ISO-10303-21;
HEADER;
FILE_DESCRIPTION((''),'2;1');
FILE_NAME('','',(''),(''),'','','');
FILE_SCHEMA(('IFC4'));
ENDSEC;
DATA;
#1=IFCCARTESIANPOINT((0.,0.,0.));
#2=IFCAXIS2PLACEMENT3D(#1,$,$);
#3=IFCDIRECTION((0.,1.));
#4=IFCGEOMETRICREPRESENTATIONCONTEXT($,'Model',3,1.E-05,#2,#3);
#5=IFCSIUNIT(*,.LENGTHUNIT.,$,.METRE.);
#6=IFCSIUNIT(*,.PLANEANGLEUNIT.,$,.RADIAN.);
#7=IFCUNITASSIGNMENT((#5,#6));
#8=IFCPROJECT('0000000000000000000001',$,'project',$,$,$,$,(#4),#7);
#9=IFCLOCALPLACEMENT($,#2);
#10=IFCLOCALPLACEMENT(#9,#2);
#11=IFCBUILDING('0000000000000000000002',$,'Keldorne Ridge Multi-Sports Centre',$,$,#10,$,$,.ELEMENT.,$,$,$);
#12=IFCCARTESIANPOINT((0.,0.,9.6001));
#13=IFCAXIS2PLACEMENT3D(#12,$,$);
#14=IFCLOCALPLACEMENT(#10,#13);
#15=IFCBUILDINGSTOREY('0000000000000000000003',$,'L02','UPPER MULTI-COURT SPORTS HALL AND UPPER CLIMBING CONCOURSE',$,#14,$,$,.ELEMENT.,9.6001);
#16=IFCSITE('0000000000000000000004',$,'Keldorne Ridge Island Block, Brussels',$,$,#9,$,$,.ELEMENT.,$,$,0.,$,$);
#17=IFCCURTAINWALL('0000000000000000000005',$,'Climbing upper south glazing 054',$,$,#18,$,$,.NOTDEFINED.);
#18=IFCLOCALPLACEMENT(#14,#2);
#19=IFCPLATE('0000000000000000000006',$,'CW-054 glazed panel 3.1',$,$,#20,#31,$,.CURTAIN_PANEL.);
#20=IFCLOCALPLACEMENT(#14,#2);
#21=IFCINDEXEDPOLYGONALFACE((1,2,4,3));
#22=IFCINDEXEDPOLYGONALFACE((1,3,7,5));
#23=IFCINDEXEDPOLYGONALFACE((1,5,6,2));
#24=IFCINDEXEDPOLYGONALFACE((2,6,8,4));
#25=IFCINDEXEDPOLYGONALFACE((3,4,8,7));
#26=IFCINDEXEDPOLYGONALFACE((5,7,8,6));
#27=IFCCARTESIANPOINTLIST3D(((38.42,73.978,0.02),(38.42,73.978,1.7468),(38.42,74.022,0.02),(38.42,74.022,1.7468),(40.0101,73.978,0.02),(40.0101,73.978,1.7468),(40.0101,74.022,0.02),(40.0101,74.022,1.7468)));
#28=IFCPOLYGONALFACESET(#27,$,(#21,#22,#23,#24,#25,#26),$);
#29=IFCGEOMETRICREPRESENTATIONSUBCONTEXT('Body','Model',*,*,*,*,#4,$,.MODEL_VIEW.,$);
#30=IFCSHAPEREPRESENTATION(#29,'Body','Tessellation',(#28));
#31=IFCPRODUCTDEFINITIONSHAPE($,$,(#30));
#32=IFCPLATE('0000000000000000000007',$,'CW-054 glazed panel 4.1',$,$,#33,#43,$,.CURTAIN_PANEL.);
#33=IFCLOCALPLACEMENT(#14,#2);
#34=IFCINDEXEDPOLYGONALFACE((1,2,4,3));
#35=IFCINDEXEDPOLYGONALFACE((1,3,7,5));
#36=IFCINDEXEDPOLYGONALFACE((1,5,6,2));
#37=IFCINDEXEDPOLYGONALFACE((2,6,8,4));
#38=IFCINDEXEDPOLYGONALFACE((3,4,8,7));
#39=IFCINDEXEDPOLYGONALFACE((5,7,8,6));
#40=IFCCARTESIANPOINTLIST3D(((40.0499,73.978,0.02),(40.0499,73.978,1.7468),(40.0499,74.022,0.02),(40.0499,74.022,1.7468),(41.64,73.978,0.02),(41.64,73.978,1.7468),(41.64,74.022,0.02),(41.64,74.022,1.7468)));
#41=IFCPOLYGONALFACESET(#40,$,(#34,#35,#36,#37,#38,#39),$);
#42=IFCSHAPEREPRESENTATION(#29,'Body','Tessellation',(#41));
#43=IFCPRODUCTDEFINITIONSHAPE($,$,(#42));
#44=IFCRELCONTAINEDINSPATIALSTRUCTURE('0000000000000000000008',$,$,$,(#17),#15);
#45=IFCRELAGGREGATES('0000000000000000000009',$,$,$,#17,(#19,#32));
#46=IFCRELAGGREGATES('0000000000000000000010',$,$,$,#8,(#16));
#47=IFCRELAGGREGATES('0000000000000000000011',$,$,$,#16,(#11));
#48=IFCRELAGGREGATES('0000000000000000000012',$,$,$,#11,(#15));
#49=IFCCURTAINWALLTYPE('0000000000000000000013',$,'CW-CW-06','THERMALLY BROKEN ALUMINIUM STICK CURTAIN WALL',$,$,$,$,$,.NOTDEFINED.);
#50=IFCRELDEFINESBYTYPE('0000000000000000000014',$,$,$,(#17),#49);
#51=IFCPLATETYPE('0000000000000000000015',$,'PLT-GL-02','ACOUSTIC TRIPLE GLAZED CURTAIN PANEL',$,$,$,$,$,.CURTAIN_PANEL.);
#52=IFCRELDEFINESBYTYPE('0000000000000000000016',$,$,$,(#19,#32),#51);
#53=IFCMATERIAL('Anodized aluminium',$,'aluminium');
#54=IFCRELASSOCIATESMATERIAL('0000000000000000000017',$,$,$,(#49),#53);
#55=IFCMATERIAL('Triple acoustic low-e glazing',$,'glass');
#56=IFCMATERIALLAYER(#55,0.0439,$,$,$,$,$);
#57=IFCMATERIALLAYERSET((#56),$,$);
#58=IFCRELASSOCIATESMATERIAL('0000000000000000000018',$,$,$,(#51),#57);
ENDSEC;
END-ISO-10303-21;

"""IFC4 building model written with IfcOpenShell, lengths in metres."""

from ifc_helpers import new_model, si_unit, direction, frame, origin, origin_2d, place, context, subcontext, project, spatial, rectangle, extrude, material, layer, layer_set, type_object, element, aggregate, save


model = new_model("IFC4")

# Units and contexts
model_context = context("Model", 3, precision=1e-05, world=origin(), true_north=direction((0.0, 1.0)))
body_context = subcontext(model_context, "Body", "Model", "MODEL_VIEW")
ifc_project = project(units=[si_unit("LENGTHUNIT", "METRE"), si_unit("PLANEANGLEUNIT", "RADIAN")], contexts=[model_context])

# Site, building, storey
site_placement = place(None, origin())
site = spatial("IfcSite", under=ifc_project, at=site_placement, Name="Keldorne Ridge Island Block, Brussels", CompositionType="ELEMENT", RefElevation=0.0)
building_placement = place(site_placement, origin())
building = spatial("IfcBuilding", under=site, at=building_placement, Name="Keldorne Ridge Multi-Sports Centre", CompositionType="ELEMENT")
storey_placement = place(building_placement, frame((0.0, 0.0, 9.6001)))
storey = spatial("IfcBuildingStorey", under=building, at=storey_placement, Name="L02", Description="UPPER MULTI-COURT SPORTS HALL AND UPPER CLIMBING CONCOURSE", CompositionType="ELEMENT", Elevation=9.6001)

# Shared definitions
ifc_material_1 = material(Name="Anodized aluminium", Category="aluminium")

# Curtain wall
curtain_wall_type_1 = type_object("IfcCurtainWallType", Name="CW-CW-06", Description="THERMALLY BROKEN ALUMINIUM STICK CURTAIN WALL", PredefinedType="NOTDEFINED", material=ifc_material_1)
curtain_wall_1_placement = place(storey_placement, origin())
curtain_wall_1 = element("IfcCurtainWall", 1, at=curtain_wall_1_placement, inside=storey, type_object=curtain_wall_type_1, Name="Climbing upper south glazing 054", PredefinedType="NOTDEFINED")

# Plates
ifc_material_2 = material(Name="Triple acoustic low-e glazing", Category="glass")
ifc_layer_1 = layer(ifc_material_2, 0.0439)
ifc_layer_set_1 = layer_set([ifc_layer_1])
plate_type_1 = type_object("IfcPlateType", Name="PLT-GL-02", Description="ACOUSTIC TRIPLE GLAZED CURTAIN PANEL", PredefinedType="CURTAIN_PANEL", material=ifc_layer_set_1)
plate_1_placement = place(storey_placement, frame((39.2151, 74.0, 0.02), z_axis=(0.0, 0.0, 1.0), x_axis=(1.0, 0.0, 0.0)))
plate_1 = element("IfcPlate", 2, at=plate_1_placement, type_object=plate_type_1, Name="CW-054 glazed panel 3.1", PredefinedType="CURTAIN_PANEL", context=body_context, shape_type="SweptSolid", body=[
    extrude(rectangle(XDim=1.5901, YDim=0.0439, at=origin_2d()), origin(), (0.0, 0.0, 1.0), 1.7268),
])
plate_2_placement = place(storey_placement, frame((40.845, 74.0, 0.02), z_axis=(0.0, 0.0, 1.0), x_axis=(1.0, 0.0, 0.0)))
plate_2 = element("IfcPlate", 3, at=plate_2_placement, type_object=plate_type_1, Name="CW-054 glazed panel 4.1", PredefinedType="CURTAIN_PANEL", context=body_context, shape_type="SweptSolid", body=[
    extrude(rectangle(XDim=1.5901, YDim=0.0439, at=origin_2d()), origin(), (0.0, 0.0, 1.0), 1.7268),
])
aggregate(curtain_wall_1, [plate_1, plate_2])

save(model, "model.ifc")
